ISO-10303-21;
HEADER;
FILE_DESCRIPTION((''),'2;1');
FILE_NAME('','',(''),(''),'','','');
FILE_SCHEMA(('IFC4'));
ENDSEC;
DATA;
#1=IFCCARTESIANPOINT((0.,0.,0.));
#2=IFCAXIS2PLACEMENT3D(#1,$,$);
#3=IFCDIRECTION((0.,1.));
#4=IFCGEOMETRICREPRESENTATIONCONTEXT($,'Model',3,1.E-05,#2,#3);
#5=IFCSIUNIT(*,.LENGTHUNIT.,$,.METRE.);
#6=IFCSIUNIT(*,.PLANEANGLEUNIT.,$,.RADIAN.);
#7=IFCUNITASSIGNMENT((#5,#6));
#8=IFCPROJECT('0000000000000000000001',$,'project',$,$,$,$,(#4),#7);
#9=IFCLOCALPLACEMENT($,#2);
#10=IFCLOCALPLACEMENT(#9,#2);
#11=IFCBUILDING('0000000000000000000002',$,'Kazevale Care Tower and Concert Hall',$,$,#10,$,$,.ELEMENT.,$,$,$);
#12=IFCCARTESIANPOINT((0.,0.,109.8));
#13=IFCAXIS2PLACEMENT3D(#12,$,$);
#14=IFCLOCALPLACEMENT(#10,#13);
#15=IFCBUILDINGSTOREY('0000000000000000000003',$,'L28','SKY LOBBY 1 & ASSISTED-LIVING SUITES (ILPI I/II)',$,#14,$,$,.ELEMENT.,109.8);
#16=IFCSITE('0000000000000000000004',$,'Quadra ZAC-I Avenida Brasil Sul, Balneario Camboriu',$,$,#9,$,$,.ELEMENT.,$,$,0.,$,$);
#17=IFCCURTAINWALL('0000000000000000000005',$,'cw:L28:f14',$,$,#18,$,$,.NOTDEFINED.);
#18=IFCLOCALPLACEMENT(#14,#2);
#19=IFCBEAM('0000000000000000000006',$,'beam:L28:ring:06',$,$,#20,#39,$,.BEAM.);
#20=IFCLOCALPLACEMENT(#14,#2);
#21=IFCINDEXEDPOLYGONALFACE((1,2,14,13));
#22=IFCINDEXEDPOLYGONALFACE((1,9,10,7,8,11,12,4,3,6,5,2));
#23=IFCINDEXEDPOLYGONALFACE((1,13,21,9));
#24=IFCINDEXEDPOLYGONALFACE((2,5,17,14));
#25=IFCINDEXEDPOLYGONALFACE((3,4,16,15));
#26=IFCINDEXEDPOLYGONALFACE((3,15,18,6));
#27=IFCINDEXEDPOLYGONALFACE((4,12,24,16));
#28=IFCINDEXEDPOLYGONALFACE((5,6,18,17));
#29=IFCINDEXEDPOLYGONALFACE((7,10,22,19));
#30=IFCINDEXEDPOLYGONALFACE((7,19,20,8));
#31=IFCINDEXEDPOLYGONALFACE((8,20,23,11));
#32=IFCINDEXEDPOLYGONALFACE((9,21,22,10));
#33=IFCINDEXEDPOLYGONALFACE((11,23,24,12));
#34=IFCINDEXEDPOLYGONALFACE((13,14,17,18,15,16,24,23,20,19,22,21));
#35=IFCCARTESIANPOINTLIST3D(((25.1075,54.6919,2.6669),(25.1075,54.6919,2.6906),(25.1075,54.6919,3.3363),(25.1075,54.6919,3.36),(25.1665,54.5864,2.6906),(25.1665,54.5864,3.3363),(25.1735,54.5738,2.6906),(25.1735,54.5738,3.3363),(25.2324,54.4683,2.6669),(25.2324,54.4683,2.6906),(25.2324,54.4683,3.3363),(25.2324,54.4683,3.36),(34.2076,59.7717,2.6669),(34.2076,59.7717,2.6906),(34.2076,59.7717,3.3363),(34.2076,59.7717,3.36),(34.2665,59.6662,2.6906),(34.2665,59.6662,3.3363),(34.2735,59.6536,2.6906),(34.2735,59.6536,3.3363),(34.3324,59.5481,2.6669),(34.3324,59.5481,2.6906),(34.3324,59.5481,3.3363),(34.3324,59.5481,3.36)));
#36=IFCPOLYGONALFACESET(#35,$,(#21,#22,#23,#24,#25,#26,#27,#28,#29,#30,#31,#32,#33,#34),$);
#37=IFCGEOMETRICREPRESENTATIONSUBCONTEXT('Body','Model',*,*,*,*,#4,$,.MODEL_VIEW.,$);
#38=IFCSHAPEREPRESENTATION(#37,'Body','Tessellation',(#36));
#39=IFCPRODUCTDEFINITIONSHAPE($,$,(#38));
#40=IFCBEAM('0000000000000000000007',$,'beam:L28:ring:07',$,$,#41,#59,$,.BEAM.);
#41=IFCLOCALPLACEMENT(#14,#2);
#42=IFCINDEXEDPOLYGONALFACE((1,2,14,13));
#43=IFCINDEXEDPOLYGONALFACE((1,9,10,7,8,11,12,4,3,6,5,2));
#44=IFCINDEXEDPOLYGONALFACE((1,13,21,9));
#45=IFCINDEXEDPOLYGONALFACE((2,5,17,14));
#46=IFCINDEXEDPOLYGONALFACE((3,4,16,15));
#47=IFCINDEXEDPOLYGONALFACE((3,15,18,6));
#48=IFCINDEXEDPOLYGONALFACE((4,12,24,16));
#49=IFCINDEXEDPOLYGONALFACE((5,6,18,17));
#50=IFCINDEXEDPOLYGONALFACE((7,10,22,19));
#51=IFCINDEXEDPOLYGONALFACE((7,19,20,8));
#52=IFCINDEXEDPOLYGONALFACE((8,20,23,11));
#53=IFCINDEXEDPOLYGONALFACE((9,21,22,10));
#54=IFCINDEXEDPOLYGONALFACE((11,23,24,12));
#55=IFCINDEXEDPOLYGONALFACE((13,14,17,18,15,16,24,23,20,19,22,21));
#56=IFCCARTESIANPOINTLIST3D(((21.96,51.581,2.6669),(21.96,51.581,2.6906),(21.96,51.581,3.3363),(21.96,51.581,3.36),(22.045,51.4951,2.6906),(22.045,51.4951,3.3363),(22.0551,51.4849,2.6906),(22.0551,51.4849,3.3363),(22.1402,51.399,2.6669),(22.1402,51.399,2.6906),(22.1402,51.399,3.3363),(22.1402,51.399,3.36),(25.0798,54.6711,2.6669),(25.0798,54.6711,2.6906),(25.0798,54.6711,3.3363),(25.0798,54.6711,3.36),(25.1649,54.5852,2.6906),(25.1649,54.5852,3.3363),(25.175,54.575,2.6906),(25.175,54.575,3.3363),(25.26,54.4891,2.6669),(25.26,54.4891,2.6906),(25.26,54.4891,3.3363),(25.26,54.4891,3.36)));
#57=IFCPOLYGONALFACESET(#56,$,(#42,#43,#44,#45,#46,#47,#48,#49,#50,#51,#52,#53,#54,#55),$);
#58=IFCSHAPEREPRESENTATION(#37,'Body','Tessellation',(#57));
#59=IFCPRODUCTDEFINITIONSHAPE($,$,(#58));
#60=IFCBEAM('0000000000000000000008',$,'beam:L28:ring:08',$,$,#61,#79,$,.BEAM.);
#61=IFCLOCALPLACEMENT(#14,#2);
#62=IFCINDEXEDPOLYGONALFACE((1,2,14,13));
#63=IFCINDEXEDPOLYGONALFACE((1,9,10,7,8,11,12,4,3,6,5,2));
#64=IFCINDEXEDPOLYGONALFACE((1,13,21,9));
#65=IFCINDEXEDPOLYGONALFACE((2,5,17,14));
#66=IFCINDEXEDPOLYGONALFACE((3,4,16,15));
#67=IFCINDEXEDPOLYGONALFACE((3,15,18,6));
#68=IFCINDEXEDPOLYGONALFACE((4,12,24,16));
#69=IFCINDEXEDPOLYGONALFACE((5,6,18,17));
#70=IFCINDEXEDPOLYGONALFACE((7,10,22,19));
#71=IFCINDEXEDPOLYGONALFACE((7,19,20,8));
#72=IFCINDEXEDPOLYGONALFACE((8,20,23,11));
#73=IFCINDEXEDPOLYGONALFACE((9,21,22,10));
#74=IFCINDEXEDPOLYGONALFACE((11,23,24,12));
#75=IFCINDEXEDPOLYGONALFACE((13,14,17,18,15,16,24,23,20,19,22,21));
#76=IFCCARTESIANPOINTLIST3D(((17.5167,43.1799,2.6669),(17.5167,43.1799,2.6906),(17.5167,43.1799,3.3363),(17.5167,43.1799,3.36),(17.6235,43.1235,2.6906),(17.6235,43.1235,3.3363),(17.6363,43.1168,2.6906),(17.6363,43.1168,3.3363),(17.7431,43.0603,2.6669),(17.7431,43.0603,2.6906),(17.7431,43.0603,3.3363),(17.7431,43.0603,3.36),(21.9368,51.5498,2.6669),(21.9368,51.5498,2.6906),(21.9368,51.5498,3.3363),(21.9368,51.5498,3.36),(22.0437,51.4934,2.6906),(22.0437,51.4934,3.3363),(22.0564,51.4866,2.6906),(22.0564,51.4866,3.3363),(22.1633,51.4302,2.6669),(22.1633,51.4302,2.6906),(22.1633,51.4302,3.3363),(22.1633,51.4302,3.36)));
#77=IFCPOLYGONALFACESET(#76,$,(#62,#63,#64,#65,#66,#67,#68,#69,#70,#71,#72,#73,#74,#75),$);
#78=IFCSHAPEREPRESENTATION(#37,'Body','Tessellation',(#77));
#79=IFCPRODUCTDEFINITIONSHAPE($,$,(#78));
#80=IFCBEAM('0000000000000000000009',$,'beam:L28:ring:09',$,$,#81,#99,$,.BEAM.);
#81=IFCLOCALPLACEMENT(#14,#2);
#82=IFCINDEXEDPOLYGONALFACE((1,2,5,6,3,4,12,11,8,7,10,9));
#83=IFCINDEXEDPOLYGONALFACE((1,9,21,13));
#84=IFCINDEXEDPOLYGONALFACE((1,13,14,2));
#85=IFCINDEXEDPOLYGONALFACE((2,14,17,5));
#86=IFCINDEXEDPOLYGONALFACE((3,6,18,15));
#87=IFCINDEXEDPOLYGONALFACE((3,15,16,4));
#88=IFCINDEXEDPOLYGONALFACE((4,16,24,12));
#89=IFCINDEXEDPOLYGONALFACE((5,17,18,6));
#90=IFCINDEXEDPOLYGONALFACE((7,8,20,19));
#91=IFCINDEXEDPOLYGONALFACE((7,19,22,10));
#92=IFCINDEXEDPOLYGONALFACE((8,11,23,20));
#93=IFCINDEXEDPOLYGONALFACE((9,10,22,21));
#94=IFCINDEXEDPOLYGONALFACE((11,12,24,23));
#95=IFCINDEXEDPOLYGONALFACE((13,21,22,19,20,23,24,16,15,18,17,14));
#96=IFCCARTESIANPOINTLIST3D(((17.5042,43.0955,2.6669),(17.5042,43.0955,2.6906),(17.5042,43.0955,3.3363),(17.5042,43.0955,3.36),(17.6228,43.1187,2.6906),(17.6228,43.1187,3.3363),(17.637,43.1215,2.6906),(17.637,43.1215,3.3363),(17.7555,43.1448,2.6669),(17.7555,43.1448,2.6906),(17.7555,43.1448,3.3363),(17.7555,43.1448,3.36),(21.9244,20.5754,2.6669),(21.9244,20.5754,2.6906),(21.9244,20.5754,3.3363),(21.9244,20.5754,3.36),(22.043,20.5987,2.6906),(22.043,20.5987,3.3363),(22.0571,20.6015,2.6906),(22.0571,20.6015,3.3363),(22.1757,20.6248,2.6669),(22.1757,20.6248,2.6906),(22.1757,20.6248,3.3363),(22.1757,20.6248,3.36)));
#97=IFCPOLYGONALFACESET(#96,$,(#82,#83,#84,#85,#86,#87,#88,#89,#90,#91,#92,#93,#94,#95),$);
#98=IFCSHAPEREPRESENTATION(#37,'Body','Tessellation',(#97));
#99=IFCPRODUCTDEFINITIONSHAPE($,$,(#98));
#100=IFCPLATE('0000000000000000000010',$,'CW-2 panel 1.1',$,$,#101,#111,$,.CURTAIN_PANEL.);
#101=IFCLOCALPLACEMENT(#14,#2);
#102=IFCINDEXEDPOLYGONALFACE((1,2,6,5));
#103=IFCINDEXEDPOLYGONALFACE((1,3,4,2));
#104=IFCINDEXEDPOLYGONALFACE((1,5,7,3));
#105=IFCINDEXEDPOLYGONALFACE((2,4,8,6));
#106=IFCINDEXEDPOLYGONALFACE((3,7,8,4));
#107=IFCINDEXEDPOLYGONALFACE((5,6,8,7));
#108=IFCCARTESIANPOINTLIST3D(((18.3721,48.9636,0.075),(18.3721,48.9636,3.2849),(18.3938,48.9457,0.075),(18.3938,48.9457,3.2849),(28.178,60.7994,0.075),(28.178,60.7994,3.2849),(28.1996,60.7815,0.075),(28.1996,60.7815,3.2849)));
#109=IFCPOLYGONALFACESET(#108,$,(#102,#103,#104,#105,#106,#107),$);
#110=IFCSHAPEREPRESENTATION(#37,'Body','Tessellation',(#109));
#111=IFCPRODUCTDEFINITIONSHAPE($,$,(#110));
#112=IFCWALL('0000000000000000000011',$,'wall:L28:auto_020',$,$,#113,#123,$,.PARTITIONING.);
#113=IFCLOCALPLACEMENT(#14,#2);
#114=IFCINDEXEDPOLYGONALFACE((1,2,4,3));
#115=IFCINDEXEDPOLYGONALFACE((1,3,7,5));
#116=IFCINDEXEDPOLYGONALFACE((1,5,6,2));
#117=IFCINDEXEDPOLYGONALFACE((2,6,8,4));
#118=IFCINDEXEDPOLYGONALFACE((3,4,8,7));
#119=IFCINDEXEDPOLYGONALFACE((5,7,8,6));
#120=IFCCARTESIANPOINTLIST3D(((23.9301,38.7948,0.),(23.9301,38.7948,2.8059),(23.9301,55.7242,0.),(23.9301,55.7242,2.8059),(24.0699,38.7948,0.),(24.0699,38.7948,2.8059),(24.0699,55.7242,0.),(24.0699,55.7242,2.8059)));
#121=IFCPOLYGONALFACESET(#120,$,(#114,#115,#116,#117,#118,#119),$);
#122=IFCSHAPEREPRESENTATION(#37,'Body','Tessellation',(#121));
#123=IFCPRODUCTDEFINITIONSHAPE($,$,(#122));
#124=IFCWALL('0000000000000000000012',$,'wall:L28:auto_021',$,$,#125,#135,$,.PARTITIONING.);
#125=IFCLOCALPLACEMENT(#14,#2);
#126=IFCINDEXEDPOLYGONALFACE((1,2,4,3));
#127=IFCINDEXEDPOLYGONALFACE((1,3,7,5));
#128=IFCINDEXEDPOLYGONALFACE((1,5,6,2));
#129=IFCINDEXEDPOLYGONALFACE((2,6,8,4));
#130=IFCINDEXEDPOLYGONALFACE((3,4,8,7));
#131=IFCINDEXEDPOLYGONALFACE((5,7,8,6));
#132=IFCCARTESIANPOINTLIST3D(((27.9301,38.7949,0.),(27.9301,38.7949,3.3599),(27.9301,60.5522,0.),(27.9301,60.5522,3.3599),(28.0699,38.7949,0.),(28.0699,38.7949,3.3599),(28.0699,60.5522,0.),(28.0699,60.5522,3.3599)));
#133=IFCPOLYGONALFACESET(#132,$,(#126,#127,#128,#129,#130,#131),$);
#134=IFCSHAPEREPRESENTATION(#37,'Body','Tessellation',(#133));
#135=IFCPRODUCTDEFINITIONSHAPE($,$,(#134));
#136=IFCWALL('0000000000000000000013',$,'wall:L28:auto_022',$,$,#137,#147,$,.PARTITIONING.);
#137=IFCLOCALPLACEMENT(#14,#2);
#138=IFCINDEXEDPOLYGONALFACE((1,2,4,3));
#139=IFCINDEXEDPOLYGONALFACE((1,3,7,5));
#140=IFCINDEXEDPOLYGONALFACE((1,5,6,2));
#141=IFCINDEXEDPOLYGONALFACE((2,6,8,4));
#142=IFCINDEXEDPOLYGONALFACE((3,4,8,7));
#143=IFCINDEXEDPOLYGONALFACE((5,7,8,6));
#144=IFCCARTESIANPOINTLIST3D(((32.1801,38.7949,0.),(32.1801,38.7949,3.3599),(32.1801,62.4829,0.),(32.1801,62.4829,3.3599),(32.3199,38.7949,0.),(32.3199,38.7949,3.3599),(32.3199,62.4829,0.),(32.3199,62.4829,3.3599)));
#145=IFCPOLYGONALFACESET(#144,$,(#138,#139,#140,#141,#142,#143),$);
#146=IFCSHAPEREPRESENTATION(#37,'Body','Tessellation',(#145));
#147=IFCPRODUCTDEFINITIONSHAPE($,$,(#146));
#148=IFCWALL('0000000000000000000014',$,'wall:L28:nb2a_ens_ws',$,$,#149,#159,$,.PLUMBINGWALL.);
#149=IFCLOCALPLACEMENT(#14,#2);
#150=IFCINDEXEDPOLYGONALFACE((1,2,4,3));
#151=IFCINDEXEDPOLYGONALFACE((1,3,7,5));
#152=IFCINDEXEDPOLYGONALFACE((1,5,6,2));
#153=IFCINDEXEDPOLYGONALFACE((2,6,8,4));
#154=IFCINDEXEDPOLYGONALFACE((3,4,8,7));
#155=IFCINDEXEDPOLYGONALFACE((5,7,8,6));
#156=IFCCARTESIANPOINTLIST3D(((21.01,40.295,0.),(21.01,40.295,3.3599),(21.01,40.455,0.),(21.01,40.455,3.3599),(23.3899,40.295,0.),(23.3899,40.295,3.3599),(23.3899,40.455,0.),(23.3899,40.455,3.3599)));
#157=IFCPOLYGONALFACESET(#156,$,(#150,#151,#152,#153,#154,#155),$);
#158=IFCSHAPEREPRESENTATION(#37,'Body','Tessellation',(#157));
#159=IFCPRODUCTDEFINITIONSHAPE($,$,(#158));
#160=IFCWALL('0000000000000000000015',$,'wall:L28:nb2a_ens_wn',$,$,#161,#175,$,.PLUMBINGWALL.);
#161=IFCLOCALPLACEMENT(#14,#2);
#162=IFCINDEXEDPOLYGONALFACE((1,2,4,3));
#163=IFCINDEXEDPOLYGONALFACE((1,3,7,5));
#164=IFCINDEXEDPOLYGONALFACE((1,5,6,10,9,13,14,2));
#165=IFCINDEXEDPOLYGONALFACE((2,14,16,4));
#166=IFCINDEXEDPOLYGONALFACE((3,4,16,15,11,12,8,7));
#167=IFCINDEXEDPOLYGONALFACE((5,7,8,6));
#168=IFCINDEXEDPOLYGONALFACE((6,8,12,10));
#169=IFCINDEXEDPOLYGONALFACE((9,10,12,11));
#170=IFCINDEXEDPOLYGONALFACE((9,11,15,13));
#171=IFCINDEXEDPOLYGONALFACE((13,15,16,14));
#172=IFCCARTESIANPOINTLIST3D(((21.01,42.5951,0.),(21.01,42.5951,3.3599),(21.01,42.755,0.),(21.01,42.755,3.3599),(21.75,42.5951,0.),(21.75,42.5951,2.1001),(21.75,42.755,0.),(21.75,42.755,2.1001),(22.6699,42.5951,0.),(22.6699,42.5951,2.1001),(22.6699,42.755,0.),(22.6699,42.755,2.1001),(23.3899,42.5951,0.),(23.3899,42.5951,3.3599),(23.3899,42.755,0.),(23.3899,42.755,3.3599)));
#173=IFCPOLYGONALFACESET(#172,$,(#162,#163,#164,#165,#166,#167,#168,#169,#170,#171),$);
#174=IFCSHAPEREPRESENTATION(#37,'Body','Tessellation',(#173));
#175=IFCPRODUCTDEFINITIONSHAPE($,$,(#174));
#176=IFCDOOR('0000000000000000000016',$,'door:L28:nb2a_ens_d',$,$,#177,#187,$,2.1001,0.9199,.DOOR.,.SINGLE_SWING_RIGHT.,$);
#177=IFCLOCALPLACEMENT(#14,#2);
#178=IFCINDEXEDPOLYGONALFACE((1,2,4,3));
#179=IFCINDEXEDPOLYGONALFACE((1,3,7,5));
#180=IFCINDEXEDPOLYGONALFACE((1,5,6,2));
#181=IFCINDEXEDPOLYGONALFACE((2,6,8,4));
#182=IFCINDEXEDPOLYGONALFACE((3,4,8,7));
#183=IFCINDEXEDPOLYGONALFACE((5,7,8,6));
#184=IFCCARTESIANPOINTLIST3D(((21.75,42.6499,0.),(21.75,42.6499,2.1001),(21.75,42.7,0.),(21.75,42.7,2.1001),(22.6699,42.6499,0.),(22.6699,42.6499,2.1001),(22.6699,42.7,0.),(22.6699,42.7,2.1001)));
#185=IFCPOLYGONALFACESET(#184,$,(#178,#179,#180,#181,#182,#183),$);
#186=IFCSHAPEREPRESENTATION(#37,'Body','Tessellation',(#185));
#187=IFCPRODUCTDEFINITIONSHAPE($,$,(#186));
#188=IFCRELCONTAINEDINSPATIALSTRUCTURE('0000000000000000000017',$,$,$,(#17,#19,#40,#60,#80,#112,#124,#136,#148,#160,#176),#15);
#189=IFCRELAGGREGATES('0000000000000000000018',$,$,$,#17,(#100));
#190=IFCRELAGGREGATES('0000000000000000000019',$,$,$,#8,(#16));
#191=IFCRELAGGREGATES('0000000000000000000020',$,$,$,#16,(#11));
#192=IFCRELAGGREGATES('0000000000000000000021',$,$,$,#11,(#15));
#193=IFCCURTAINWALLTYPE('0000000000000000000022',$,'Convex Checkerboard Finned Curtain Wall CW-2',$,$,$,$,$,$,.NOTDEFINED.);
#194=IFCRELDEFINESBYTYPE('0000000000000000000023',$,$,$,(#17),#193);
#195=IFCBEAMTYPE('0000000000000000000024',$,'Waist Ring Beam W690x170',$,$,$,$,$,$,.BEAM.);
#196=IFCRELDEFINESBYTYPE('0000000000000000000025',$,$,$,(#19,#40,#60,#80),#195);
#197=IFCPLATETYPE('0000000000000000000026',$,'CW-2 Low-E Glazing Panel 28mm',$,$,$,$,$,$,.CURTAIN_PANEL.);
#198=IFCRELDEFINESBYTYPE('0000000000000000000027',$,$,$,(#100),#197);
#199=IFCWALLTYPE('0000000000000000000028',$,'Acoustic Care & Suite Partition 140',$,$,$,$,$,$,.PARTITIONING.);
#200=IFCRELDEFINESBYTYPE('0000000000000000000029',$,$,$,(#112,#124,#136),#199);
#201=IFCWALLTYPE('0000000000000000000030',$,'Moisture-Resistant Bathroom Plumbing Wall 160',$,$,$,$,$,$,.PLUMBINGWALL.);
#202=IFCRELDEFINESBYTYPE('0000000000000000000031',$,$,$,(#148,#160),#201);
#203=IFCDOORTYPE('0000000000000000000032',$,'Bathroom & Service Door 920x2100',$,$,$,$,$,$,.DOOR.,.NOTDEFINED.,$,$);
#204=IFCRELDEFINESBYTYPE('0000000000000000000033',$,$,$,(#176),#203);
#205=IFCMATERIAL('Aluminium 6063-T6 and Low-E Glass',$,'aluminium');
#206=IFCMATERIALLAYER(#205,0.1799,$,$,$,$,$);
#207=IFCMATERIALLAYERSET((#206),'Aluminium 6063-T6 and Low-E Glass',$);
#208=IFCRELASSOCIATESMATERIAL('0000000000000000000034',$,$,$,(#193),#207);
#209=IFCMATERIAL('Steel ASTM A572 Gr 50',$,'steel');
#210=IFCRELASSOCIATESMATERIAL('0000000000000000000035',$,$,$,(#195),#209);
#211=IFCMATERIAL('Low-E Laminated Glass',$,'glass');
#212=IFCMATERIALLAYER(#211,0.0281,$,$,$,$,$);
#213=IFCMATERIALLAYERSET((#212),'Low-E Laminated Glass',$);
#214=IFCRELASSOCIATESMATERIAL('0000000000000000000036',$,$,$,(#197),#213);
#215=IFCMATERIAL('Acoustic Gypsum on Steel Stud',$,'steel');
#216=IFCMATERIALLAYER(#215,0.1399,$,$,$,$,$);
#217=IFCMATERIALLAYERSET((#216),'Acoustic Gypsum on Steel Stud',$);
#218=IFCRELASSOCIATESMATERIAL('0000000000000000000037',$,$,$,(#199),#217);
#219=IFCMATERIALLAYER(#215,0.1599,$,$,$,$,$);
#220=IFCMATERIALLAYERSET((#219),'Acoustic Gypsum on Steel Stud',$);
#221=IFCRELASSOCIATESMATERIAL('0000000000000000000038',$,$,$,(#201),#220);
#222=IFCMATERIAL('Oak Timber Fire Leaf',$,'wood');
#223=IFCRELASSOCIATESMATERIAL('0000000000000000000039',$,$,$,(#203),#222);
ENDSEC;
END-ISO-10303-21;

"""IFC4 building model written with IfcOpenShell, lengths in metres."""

from ifc_helpers import new_model, si_unit, direction, frame, frame_2d, origin, origin_2d, place, context, subcontext, project, spatial, rectangle, i_section, extrude, material, layer, layer_set, material_profile, profile_set, type_object, element, fill, aggregate, save


model = new_model("IFC4")

# Units and contexts
model_context = context("Model", 3, precision=1e-05, world=origin(), true_north=direction((0.0, 1.0)))
body_context = subcontext(model_context, "Body", "Model", "MODEL_VIEW")
ifc_project = project(units=[si_unit("LENGTHUNIT", "METRE"), si_unit("PLANEANGLEUNIT", "RADIAN")], contexts=[model_context])

# Site, building, storey
site_placement = place(None, origin())
site = spatial("IfcSite", under=ifc_project, at=site_placement, Name="Quadra ZAC-I Avenida Brasil Sul, Balneario Camboriu", CompositionType="ELEMENT", RefElevation=0.0)
building_placement = place(site_placement, origin())
building = spatial("IfcBuilding", under=site, at=building_placement, Name="Kazevale Care Tower and Concert Hall", CompositionType="ELEMENT")
storey_placement = place(building_placement, frame((0.0, 0.0, 109.8)))
storey = spatial("IfcBuildingStorey", under=building, at=storey_placement, Name="L28", Description="SKY LOBBY 1 & ASSISTED-LIVING SUITES (ILPI I/II)", CompositionType="ELEMENT", Elevation=109.8)

# Curtain wall
ifc_material_1 = material(Name="Aluminium 6063-T6 and Low-E Glass", Category="aluminium")
ifc_layer_1 = layer(ifc_material_1, 0.1799)
ifc_layer_set_1 = layer_set([ifc_layer_1], Name="Aluminium 6063-T6 and Low-E Glass")
curtain_wall_type_1 = type_object("IfcCurtainWallType", Name="Convex Checkerboard Finned Curtain Wall CW-2", PredefinedType="NOTDEFINED", material=ifc_layer_set_1)
curtain_wall_1_placement = place(storey_placement, origin())
curtain_wall_1 = element("IfcCurtainWall", 1, at=curtain_wall_1_placement, inside=storey, type_object=curtain_wall_type_1, Name="cw:L28:f14", PredefinedType="NOTDEFINED")

# Beams
ifc_material_2 = material(Name="Steel ASTM A572 Gr 50", Category="steel")
ifc_material_profile_1 = material_profile(ifc_material_2, i_section(OverallWidth=0.2561, OverallDepth=0.6931, WebThickness=0.0144, FlangeThickness=0.0237, at=origin_2d()), Name="W690x170")
ifc_profile_set_1 = profile_set([ifc_material_profile_1], Name="Steel ASTM A572 Gr 50")
beam_type_1 = type_object("IfcBeamType", Name="Waist Ring Beam W690x170", PredefinedType="BEAM", material=ifc_profile_set_1)
beam_1_placement = place(storey_placement, frame((34.27, 59.6599, 3.0134), z_axis=(-0.873169, -0.487418, 0.0), x_axis=(0.487418, -0.873169, 0.0)))
element("IfcBeam", 2, at=beam_1_placement, inside=storey, type_object=beam_type_1, Name="beam:L28:ring:06", PredefinedType="BEAM", context=body_context, shape_type="SweptSolid", body=[
    extrude(i_section(OverallWidth=0.2561, OverallDepth=0.6931, WebThickness=0.0144, FlangeThickness=0.0237, at=origin_2d()), origin(), (0.0, 0.0, 1.0), 10.4219),
])
beam_2_placement = place(storey_placement, frame((25.1699, 54.5801, 3.0134), z_axis=(-0.71049, -0.703707, 0.0), x_axis=(0.703707, -0.71049, 0.0)))
element("IfcBeam", 3, at=beam_2_placement, inside=storey, type_object=beam_type_1, Name="beam:L28:ring:07", PredefinedType="BEAM", context=body_context, shape_type="SweptSolid", body=[
    extrude(i_section(OverallWidth=0.2561, OverallDepth=0.6931, WebThickness=0.0144, FlangeThickness=0.0237, at=origin_2d()), origin(), (0.0, 0.0, 1.0), 4.3911),
])
beam_3_placement = place(storey_placement, frame((22.05, 51.49, 3.0134), z_axis=(-0.466984, -0.884266, 0.0), x_axis=(0.884266, -0.466984, 0.0)))
element("IfcBeam", 4, at=beam_3_placement, inside=storey, type_object=beam_type_1, Name="beam:L28:ring:08", PredefinedType="BEAM", context=body_context, shape_type="SweptSolid", body=[
    extrude(i_section(OverallWidth=0.2561, OverallDepth=0.6931, WebThickness=0.0144, FlangeThickness=0.0237, at=origin_2d()), origin(), (0.0, 0.0, 1.0), 9.4653),
])
beam_4_placement = place(storey_placement, frame((17.6299, 43.1201, 3.0134), z_axis=(0.192602, -0.981277, 0.0), x_axis=(0.981277, 0.192602, 0.0)))
element("IfcBeam", 5, at=beam_4_placement, inside=storey, type_object=beam_type_1, Name="beam:L28:ring:09", PredefinedType="BEAM", context=body_context, shape_type="SweptSolid", body=[
    extrude(i_section(OverallWidth=0.2561, OverallDepth=0.6931, WebThickness=0.0144, FlangeThickness=0.0237, at=origin_2d()), origin(), (0.0, 0.0, 1.0), 22.9497),
])

# Plate
ifc_material_3 = material(Name="Low-E Laminated Glass", Category="glass")
ifc_layer_2 = layer(ifc_material_3, 0.0281)
ifc_layer_set_2 = layer_set([ifc_layer_2], Name="Low-E Laminated Glass")
plate_type = type_object("IfcPlateType", Name="CW-2 Low-E Glazing Panel 28mm", PredefinedType="CURTAIN_PANEL", material=ifc_layer_set_2)
plate_placement = place(storey_placement, frame((23.2859, 54.8726, 0.075), z_axis=(0.0, 0.0, 1.0), x_axis=(0.637984, 0.77005, 0.0)))
plate = element("IfcPlate", 6, at=plate_placement, type_object=plate_type, Name="CW-2 panel 1.1", PredefinedType="CURTAIN_PANEL", context=body_context, shape_type="SweptSolid", body=[
    extrude(rectangle(XDim=15.3701, YDim=0.0281, at=origin_2d()), origin(), (0.0, 0.0, 1.0), 3.21),
])
aggregate(curtain_wall_1, [plate])

# Walls
ifc_material_4 = material(Name="Acoustic Gypsum on Steel Stud", Category="steel")
ifc_layer_3 = layer(ifc_material_4, 0.1399)
ifc_layer_set_3 = layer_set([ifc_layer_3], Name="Acoustic Gypsum on Steel Stud")
wall_type_1 = type_object("IfcWallType", Name="Acoustic Care & Suite Partition 140", PredefinedType="PARTITIONING", material=ifc_layer_set_3)
wall_1_placement = place(storey_placement, frame((24.0, 55.7244, 0.0), z_axis=(0.0, 0.0, 1.0), x_axis=(0.0, -1.0, 0.0)))
element("IfcWall", 7, at=wall_1_placement, inside=storey, type_object=wall_type_1, Name="wall:L28:auto_020", PredefinedType="PARTITIONING", context=body_context, shape_type="SweptSolid", body=[
    extrude(rectangle(XDim=16.9294, YDim=0.1399, at=frame_2d((8.4648, 0.0))), origin(), (0.0, 0.0, 1.0), 2.8059),
])
wall_2_placement = place(storey_placement, frame((28.0, 60.5522, 0.0), z_axis=(0.0, 0.0, 1.0), x_axis=(0.0, -1.0, 0.0)))
element("IfcWall", 8, at=wall_2_placement, inside=storey, type_object=wall_type_1, Name="wall:L28:auto_021", PredefinedType="PARTITIONING", context=body_context, shape_type="SweptSolid", body=[
    extrude(rectangle(XDim=21.7573, YDim=0.1399, at=frame_2d((10.8787, 0.0))), origin(), (0.0, 0.0, 1.0), 3.3599),
])
wall_3_placement = place(storey_placement, frame((32.25, 62.4829, 0.0), z_axis=(0.0, 0.0, 1.0), x_axis=(0.0, -1.0, 0.0)))
element("IfcWall", 9, at=wall_3_placement, inside=storey, type_object=wall_type_1, Name="wall:L28:auto_022", PredefinedType="PARTITIONING", context=body_context, shape_type="SweptSolid", body=[
    extrude(rectangle(XDim=23.688, YDim=0.1399, at=frame_2d((11.844, 0.0))), origin(), (0.0, 0.0, 1.0), 3.3599),
])
ifc_layer_4 = layer(ifc_material_4, 0.1599)
ifc_layer_set_4 = layer_set([ifc_layer_4], Name="Acoustic Gypsum on Steel Stud")
wall_type_2 = type_object("IfcWallType", Name="Moisture-Resistant Bathroom Plumbing Wall 160", PredefinedType="PLUMBINGWALL", material=ifc_layer_set_4)
wall_4_placement = place(storey_placement, frame((21.01, 40.375, 0.0), z_axis=(0.0, 0.0, 1.0), x_axis=(1.0, 0.0, 0.0)))
element("IfcWall", 10, at=wall_4_placement, inside=storey, type_object=wall_type_2, Name="wall:L28:nb2a_ens_ws", PredefinedType="PLUMBINGWALL", context=body_context, shape_type="SweptSolid", body=[
    extrude(rectangle(XDim=2.3799, YDim=0.1599, at=frame_2d((1.1899, 0.0))), origin(), (0.0, 0.0, 1.0), 3.3599),
])

# Wall, opening, door
wall_5_placement = place(storey_placement, frame((21.01, 42.675, 0.0), z_axis=(0.0, 0.0, 1.0), x_axis=(1.0, 0.0, 0.0)))
wall_5 = element("IfcWall", 11, at=wall_5_placement, inside=storey, type_object=wall_type_2, Name="wall:L28:nb2a_ens_wn", PredefinedType="PLUMBINGWALL", context=body_context, shape_type="SweptSolid", body=[
    extrude(rectangle(XDim=2.3799, YDim=0.1599, at=frame_2d((1.1899, 0.0))), origin(), (0.0, 0.0, 1.0), 3.3599),
])
opening_1_placement = place(wall_5_placement, frame((0.74, 0.0, 0.0)))
opening_1 = element("IfcOpeningElement", 12, at=opening_1_placement, cuts=wall_5, PredefinedType="OPENING", context=body_context, shape_type="SweptSolid", body=[
    extrude(rectangle(XDim=0.9199, YDim=2.1001, at=frame_2d((0.46, 1.05))), frame((0.0, 0.0898, 0.0), z_axis=(0.0, -1.0, 0.0), x_axis=(1.0, 0.0, 0.0)), (0.0, 0.0, 1.0), 0.1799),
])
ifc_material_5 = material(Name="Oak Timber Fire Leaf", Category="wood")
door_type = type_object("IfcDoorType", Name="Bathroom & Service Door 920x2100", OperationType="NOTDEFINED", PredefinedType="DOOR", material=ifc_material_5)
door_1_placement = place(opening_1_placement, origin())
door_1 = element("IfcDoor", 13, at=door_1_placement, inside=storey, type_object=door_type, Name="door:L28:nb2a_ens_d", OperationType="SINGLE_SWING_RIGHT", OverallHeight=2.1001, OverallWidth=0.9199, PredefinedType="DOOR", context=body_context, shape_type="SweptSolid", body=[
    extrude(rectangle(XDim=0.9199, YDim=2.1001, at=frame_2d((0.46, 1.05))), frame((0.0, 0.0249, 0.0), z_axis=(0.0, -1.0, 0.0), x_axis=(1.0, 0.0, 0.0)), (0.0, 0.0, 1.0), 0.05),
])
fill(opening_1, door_1)

save(model, "model.ifc")
